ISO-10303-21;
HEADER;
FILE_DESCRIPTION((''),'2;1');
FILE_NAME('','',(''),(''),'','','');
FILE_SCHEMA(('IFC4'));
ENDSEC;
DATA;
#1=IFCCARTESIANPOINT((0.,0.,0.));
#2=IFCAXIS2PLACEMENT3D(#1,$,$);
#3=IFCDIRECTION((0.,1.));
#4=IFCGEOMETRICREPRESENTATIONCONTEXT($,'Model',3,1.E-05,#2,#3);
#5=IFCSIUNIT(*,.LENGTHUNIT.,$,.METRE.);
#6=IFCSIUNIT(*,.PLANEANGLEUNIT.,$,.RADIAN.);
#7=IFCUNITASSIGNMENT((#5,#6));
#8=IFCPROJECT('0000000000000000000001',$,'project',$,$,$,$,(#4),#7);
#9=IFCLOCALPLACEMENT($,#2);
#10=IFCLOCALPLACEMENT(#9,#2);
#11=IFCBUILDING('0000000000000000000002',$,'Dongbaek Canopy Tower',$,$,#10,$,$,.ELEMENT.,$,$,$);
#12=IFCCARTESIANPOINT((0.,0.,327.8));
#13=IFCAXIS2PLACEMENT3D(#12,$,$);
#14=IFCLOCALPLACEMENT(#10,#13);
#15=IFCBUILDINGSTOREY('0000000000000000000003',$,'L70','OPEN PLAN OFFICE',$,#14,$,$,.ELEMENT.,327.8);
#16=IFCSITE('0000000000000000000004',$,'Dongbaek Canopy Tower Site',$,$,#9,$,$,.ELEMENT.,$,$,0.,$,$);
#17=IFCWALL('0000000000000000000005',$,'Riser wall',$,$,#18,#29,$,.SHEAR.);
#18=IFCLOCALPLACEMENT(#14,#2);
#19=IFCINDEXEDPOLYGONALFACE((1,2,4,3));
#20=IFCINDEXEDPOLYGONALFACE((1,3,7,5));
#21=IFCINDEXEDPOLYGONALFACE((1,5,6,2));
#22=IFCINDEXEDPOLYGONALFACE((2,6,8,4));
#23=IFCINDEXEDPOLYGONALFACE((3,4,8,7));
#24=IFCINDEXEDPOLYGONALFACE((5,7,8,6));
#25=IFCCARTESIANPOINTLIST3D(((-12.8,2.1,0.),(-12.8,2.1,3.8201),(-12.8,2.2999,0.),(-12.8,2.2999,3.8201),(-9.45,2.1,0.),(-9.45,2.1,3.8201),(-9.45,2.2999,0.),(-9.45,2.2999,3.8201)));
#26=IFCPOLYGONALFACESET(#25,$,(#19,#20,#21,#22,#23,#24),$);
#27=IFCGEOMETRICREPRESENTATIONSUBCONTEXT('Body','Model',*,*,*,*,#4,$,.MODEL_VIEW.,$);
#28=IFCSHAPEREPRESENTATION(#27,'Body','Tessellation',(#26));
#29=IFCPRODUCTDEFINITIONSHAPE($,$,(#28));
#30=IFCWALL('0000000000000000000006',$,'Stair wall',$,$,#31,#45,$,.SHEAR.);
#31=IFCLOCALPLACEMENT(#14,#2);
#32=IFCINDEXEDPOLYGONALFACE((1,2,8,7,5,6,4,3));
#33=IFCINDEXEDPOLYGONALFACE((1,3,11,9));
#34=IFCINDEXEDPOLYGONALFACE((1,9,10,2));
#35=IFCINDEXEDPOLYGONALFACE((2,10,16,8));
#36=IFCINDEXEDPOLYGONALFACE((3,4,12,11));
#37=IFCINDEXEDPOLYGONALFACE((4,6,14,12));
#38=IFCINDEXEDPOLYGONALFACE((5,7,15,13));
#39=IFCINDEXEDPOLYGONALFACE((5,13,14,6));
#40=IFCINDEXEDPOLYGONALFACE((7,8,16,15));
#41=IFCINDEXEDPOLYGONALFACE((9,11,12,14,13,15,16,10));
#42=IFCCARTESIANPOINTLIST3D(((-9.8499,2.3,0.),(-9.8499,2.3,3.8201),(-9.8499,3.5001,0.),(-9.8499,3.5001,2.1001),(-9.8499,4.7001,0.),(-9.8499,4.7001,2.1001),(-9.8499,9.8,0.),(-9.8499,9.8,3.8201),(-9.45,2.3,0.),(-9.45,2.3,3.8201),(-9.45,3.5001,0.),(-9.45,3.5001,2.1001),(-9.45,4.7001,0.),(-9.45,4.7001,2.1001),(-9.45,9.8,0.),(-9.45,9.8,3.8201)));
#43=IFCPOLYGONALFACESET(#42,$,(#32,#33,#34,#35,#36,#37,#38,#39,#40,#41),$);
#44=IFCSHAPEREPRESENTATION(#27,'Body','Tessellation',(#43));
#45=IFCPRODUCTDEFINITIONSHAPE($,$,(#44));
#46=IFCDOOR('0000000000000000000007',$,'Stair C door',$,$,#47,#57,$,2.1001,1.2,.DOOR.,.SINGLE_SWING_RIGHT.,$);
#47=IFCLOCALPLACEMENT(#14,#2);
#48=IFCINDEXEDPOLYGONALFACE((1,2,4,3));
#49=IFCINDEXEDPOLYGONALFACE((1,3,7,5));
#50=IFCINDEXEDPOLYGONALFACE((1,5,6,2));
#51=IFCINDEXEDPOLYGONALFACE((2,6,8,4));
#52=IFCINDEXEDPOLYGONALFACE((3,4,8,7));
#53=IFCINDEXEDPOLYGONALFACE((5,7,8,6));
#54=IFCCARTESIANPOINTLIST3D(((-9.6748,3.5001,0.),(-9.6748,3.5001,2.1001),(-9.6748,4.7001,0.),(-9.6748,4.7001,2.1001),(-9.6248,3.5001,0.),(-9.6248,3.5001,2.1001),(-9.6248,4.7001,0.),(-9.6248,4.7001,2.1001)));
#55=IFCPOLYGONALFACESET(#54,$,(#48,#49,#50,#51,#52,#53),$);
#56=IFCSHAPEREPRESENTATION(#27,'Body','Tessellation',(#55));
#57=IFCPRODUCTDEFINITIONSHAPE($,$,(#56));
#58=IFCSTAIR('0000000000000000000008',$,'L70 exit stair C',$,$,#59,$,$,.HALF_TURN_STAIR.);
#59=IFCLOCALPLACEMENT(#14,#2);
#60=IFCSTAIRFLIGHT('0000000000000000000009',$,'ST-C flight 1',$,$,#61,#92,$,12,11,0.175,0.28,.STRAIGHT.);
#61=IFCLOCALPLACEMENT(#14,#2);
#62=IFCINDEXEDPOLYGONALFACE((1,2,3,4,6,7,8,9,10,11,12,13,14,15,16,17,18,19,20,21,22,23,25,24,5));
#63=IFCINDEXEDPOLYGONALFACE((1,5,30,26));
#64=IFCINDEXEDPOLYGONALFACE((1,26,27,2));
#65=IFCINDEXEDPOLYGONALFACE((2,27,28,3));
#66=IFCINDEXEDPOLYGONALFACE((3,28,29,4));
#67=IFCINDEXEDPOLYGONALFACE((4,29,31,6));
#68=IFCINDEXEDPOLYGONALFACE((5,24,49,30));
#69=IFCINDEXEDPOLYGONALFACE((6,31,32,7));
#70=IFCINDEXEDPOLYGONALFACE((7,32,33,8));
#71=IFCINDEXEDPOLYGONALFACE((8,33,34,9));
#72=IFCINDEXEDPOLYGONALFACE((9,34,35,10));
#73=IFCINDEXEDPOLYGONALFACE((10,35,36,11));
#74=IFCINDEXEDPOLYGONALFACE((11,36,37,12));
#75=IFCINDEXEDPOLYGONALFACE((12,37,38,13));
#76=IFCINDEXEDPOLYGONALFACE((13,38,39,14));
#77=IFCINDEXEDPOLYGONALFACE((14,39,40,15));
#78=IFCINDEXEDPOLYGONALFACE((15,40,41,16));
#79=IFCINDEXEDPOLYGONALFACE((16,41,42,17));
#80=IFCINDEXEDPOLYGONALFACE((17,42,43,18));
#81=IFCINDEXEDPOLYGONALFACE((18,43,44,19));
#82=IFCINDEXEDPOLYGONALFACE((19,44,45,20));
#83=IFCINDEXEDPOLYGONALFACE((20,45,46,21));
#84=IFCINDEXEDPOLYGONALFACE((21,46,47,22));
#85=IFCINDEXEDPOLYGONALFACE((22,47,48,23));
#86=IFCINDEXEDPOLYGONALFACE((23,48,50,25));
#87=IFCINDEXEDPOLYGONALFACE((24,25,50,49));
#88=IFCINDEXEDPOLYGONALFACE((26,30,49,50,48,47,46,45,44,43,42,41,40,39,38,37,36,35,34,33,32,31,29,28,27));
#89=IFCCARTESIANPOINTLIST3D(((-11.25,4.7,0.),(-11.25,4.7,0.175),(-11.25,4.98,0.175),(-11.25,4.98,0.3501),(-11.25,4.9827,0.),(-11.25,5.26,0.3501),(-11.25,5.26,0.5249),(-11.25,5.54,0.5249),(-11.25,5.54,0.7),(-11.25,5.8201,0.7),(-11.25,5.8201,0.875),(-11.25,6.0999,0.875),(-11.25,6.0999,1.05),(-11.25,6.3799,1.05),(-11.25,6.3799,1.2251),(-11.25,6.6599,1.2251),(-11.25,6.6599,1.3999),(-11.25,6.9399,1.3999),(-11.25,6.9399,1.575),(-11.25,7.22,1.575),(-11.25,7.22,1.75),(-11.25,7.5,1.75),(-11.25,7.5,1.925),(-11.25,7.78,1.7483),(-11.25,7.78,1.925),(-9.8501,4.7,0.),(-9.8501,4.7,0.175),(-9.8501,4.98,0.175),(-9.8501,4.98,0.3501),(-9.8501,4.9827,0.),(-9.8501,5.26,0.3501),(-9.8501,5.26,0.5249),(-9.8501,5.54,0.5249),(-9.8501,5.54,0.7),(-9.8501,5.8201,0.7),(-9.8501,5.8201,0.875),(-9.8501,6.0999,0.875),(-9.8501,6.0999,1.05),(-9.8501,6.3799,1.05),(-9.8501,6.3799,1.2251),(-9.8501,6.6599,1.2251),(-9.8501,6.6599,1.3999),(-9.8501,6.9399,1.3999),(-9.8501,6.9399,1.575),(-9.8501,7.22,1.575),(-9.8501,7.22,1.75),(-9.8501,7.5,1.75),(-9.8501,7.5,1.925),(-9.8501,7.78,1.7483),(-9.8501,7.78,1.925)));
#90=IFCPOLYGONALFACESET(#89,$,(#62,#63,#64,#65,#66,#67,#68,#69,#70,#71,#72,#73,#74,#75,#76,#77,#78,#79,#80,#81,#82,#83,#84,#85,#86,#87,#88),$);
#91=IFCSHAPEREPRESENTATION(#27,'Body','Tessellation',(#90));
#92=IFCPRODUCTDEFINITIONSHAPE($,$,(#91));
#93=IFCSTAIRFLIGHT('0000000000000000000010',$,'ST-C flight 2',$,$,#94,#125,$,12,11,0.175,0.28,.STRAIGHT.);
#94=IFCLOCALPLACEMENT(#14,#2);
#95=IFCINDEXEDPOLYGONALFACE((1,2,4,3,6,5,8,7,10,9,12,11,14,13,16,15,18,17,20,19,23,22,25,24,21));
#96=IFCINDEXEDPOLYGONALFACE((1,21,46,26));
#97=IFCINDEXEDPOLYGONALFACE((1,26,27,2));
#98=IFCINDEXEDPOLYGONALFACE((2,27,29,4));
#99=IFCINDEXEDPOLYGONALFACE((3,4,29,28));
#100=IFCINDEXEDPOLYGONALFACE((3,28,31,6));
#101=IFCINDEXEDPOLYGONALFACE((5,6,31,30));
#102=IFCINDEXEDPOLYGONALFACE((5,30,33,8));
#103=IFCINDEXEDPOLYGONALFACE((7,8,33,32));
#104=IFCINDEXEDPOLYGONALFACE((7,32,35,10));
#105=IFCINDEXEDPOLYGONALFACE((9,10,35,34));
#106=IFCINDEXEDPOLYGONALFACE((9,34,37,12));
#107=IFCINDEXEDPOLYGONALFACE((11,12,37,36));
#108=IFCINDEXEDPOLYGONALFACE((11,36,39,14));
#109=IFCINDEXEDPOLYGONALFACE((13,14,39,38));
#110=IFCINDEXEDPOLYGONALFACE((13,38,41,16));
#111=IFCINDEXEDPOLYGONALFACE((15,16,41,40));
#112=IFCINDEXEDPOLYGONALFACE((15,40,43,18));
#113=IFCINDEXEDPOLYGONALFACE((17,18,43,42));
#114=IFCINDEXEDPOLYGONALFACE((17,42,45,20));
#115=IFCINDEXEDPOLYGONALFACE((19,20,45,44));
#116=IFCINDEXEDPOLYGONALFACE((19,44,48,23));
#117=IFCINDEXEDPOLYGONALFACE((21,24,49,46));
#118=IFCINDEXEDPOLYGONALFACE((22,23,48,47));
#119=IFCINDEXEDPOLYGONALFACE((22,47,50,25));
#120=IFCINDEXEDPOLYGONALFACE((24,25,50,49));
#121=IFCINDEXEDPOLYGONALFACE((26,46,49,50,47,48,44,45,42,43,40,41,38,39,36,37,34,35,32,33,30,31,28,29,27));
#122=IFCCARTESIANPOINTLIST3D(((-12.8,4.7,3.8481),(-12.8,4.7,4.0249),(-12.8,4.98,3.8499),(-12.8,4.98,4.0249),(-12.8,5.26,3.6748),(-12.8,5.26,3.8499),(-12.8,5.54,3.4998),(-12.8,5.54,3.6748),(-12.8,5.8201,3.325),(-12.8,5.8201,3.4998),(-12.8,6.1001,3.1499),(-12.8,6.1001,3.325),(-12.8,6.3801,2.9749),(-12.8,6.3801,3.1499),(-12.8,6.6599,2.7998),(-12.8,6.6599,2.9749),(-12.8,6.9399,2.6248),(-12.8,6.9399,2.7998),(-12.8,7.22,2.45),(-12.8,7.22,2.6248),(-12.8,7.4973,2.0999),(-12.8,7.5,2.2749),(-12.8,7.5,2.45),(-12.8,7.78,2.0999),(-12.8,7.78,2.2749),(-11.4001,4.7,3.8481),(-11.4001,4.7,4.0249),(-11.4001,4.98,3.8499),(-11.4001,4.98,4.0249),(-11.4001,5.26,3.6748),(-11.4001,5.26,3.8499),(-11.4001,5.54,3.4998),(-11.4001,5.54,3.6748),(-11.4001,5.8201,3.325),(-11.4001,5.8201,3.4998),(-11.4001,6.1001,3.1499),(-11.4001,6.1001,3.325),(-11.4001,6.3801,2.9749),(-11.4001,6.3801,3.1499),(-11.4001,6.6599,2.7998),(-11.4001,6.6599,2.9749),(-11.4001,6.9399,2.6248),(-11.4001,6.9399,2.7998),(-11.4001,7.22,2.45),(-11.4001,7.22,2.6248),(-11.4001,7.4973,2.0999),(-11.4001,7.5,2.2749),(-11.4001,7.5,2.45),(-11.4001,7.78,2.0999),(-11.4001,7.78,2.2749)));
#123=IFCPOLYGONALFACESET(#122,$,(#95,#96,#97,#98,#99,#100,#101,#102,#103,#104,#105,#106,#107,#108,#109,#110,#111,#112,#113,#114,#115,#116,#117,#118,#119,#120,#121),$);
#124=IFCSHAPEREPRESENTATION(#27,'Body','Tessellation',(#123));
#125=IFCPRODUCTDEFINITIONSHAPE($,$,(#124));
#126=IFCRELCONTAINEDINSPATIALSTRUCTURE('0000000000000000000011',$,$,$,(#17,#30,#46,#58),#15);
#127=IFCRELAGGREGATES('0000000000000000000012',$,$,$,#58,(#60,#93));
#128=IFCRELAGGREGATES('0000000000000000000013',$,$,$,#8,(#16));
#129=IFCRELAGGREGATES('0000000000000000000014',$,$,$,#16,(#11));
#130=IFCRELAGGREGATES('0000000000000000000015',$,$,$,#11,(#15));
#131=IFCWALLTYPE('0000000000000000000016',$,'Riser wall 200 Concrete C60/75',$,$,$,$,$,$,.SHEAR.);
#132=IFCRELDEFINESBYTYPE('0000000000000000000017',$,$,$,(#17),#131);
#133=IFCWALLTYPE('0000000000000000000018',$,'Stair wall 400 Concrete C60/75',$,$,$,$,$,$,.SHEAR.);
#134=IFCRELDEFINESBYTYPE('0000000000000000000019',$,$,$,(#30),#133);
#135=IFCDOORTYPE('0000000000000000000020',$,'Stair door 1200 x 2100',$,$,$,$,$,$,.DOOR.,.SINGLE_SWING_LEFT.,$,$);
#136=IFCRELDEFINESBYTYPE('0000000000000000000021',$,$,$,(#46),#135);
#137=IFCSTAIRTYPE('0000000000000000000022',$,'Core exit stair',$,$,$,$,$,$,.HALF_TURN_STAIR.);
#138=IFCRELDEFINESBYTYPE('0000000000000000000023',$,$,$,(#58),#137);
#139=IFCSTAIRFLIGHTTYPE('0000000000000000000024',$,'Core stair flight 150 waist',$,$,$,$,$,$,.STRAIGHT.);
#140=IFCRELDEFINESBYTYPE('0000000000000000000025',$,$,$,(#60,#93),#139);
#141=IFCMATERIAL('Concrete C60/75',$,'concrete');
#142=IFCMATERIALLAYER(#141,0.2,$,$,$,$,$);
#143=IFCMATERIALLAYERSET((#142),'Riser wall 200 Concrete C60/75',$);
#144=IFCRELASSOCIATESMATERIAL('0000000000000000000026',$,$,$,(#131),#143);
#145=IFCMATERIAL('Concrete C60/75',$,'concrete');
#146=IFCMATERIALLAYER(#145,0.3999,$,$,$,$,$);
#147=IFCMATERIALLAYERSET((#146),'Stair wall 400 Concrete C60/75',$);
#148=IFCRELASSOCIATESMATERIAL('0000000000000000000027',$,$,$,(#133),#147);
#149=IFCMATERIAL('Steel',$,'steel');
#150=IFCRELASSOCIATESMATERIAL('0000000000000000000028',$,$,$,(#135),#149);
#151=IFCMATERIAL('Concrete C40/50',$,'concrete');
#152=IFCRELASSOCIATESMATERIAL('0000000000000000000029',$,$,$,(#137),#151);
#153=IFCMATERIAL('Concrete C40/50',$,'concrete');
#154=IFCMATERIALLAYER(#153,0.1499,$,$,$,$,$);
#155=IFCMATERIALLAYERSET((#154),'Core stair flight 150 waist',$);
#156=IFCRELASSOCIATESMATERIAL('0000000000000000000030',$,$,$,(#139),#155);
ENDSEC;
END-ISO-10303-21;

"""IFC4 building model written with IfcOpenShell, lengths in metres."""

from ifc_helpers import new_model, si_unit, direction, frame, frame_2d, origin, place, context, subcontext, project, spatial, polyline, rectangle, outline, extrude, material, layer, layer_set, type_object, element, fill, aggregate, save


model = new_model("IFC4")

# Units and contexts
model_context = context("Model", 3, precision=1e-05, world=origin(), true_north=direction((0.0, 1.0)))
body_context = subcontext(model_context, "Body", "Model", "MODEL_VIEW")
ifc_project = project(units=[si_unit("LENGTHUNIT", "METRE"), si_unit("PLANEANGLEUNIT", "RADIAN")], contexts=[model_context])

# Site, building, storey
site_placement = place(None, origin())
site = spatial("IfcSite", under=ifc_project, at=site_placement, Name="Dongbaek Canopy Tower Site", CompositionType="ELEMENT", RefElevation=0.0)
building_placement = place(site_placement, origin())
building = spatial("IfcBuilding", under=site, at=building_placement, Name="Dongbaek Canopy Tower", CompositionType="ELEMENT")
storey_placement = place(building_placement, frame((0.0, 0.0, 327.8)))
storey = spatial("IfcBuildingStorey", under=building, at=storey_placement, Name="L70", Description="OPEN PLAN OFFICE", CompositionType="ELEMENT", Elevation=327.8)

# Wall
ifc_material_1 = material(Name="Concrete C60/75", Category="concrete")
ifc_layer_1 = layer(ifc_material_1, 0.2)
ifc_layer_set_1 = layer_set([ifc_layer_1], Name="Riser wall 200 Concrete C60/75")
wall_type_1 = type_object("IfcWallType", Name="Riser wall 200 Concrete C60/75", PredefinedType="SHEAR", material=ifc_layer_set_1)
wall_1_placement = place(storey_placement, frame((-9.45, 2.2, 0.0), z_axis=(0.0, 0.0, 1.0), x_axis=(-1.0, 0.0, 0.0)))
element("IfcWall", 1, at=wall_1_placement, inside=storey, type_object=wall_type_1, Name="Riser wall", PredefinedType="SHEAR", context=body_context, shape_type="SweptSolid", body=[
    extrude(rectangle(XDim=3.3501, YDim=0.2, at=frame_2d((1.675, 0.0))), origin(), (0.0, 0.0, 1.0), 3.8201),
])

# Wall, opening, door
ifc_material_2 = material(Name="Concrete C60/75", Category="concrete")
ifc_layer_2 = layer(ifc_material_2, 0.3999)
ifc_layer_set_2 = layer_set([ifc_layer_2], Name="Stair wall 400 Concrete C60/75")
wall_type_2 = type_object("IfcWallType", Name="Stair wall 400 Concrete C60/75", PredefinedType="SHEAR", material=ifc_layer_set_2)
wall_2_placement = place(storey_placement, frame((-9.6499, 2.3, 0.0), z_axis=(0.0, 0.0, 1.0), x_axis=(0.0, 1.0, 0.0)))
wall_2 = element("IfcWall", 2, at=wall_2_placement, inside=storey, type_object=wall_type_2, Name="Stair wall", PredefinedType="SHEAR", context=body_context, shape_type="SweptSolid", body=[
    extrude(rectangle(XDim=7.5, YDim=0.3999, at=frame_2d((3.75, 0.0))), origin(), (0.0, 0.0, 1.0), 3.8201),
])
opening_1_placement = place(wall_2_placement, frame((1.2, 0.0, 0.0)))
opening_1 = element("IfcOpeningElement", 3, at=opening_1_placement, cuts=wall_2, PredefinedType="OPENING", context=body_context, shape_type="SweptSolid", body=[
    extrude(rectangle(XDim=1.2, YDim=2.1001, at=frame_2d((0.6001, 1.05))), frame((0.0, 0.21, 0.0), z_axis=(0.0, -1.0, 0.0), x_axis=(1.0, 0.0, 0.0)), (0.0, 0.0, 1.0), 0.4199),
])
ifc_material_3 = material(Name="Steel", Category="steel")
door_type_1 = type_object("IfcDoorType", Name="Stair door 1200 x 2100", OperationType="SINGLE_SWING_LEFT", PredefinedType="DOOR", material=ifc_material_3)
door_1_placement = place(opening_1_placement, origin())
door_1 = element("IfcDoor", 4, at=door_1_placement, inside=storey, type_object=door_type_1, Name="Stair C door", OperationType="SINGLE_SWING_RIGHT", OverallHeight=2.1001, OverallWidth=1.2, PredefinedType="DOOR", context=body_context, shape_type="SweptSolid", body=[
    extrude(rectangle(XDim=1.2, YDim=2.1001, at=frame_2d((0.6001, 1.05))), frame((0.0, 0.0249, 0.0), z_axis=(0.0, -1.0, 0.0), x_axis=(1.0, 0.0, 0.0)), (0.0, 0.0, 1.0), 0.05),
])
fill(opening_1, door_1)

# Stair, stair flights
ifc_material_4 = material(Name="Concrete C40/50", Category="concrete")
stair_type = type_object("IfcStairType", Name="Core exit stair", PredefinedType="HALF_TURN_STAIR", material=ifc_material_4)
stair_placement = place(storey_placement, origin())
stair = element("IfcStair", 5, at=stair_placement, inside=storey, type_object=stair_type, Name="L70 exit stair C", PredefinedType="HALF_TURN_STAIR")
ifc_material_5 = material(Name="Concrete C40/50", Category="concrete")
ifc_layer_3 = layer(ifc_material_5, 0.1499)
ifc_layer_set_3 = layer_set([ifc_layer_3], Name="Core stair flight 150 waist")
stair_flight_type = type_object("IfcStairFlightType", Name="Core stair flight 150 waist", PredefinedType="STRAIGHT", material=ifc_layer_set_3)
stair_flight_1_placement = place(storey_placement, frame((-10.55, 4.7, 0.0), z_axis=(0.0, 0.0, 1.0), x_axis=(0.0, 1.0, 0.0)))
stair_flight_1 = element("IfcStairFlight", 6, at=stair_flight_1_placement, type_object=stair_flight_type, Name="ST-C flight 1", NumberOfRisers=12, NumberOfTreads=11, PredefinedType="STRAIGHT", RiserHeight=0.175, TreadLength=0.28, context=body_context, shape_type="SweptSolid", body=[
    extrude(outline(polyline([(0.0, 0.0), (0.0, 0.175), (0.28, 0.175), (0.28, 0.3501), (0.5601, 0.3501), (0.5601, 0.5249), (0.8401, 0.5249), (0.8401, 0.7), (1.1201, 0.7), (1.1201, 0.875), (1.3999, 0.875), (1.3999, 1.05), (1.6799, 1.05), (1.6799, 1.2251), (1.96, 1.2251), (1.96, 1.3999), (2.24, 1.3999), (2.24, 1.575), (2.52, 1.575), (2.52, 1.75), (2.8, 1.75), (2.8, 1.925), (3.0801, 1.925), (3.0801, 2.1001), (3.0801, 1.7483), (0.2827, 0.0), (0.0, 0.0)])), frame((0.0, 0.7, 0.0), z_axis=(0.0, -1.0, 0.0), x_axis=(1.0, 0.0, 0.0)), (0.0, 0.0, 1.0), 1.3999),
])
stair_flight_2_placement = place(storey_placement, frame((-12.1001, 7.78, 2.0999), z_axis=(0.0, 0.0, 1.0), x_axis=(0.0, -1.0, 0.0)))
stair_flight_2 = element("IfcStairFlight", 7, at=stair_flight_2_placement, type_object=stair_flight_type, Name="ST-C flight 2", NumberOfRisers=12, NumberOfTreads=11, PredefinedType="STRAIGHT", RiserHeight=0.175, TreadLength=0.28, context=body_context, shape_type="SweptSolid", body=[
    extrude(outline(polyline([(0.0, 0.0), (0.0, 0.175), (0.28, 0.175), (0.28, 0.3501), (0.5601, 0.3501), (0.5601, 0.5249), (0.8401, 0.5249), (0.8401, 0.7), (1.1201, 0.7), (1.1201, 0.875), (1.3999, 0.875), (1.3999, 1.05), (1.6799, 1.05), (1.6799, 1.2251), (1.96, 1.2251), (1.96, 1.3999), (2.24, 1.3999), (2.24, 1.575), (2.52, 1.575), (2.52, 1.75), (2.8, 1.75), (2.8, 1.925), (3.0801, 1.925), (3.0801, 2.1001), (3.0801, 1.7483), (0.2827, 0.0), (0.0, 0.0)])), frame((0.0, 0.7, 0.0), z_axis=(0.0, -1.0, 0.0), x_axis=(1.0, 0.0, 0.0)), (0.0, 0.0, 1.0), 1.3999),
])
aggregate(stair, [stair_flight_1, stair_flight_2])

save(model, "model.ifc")
